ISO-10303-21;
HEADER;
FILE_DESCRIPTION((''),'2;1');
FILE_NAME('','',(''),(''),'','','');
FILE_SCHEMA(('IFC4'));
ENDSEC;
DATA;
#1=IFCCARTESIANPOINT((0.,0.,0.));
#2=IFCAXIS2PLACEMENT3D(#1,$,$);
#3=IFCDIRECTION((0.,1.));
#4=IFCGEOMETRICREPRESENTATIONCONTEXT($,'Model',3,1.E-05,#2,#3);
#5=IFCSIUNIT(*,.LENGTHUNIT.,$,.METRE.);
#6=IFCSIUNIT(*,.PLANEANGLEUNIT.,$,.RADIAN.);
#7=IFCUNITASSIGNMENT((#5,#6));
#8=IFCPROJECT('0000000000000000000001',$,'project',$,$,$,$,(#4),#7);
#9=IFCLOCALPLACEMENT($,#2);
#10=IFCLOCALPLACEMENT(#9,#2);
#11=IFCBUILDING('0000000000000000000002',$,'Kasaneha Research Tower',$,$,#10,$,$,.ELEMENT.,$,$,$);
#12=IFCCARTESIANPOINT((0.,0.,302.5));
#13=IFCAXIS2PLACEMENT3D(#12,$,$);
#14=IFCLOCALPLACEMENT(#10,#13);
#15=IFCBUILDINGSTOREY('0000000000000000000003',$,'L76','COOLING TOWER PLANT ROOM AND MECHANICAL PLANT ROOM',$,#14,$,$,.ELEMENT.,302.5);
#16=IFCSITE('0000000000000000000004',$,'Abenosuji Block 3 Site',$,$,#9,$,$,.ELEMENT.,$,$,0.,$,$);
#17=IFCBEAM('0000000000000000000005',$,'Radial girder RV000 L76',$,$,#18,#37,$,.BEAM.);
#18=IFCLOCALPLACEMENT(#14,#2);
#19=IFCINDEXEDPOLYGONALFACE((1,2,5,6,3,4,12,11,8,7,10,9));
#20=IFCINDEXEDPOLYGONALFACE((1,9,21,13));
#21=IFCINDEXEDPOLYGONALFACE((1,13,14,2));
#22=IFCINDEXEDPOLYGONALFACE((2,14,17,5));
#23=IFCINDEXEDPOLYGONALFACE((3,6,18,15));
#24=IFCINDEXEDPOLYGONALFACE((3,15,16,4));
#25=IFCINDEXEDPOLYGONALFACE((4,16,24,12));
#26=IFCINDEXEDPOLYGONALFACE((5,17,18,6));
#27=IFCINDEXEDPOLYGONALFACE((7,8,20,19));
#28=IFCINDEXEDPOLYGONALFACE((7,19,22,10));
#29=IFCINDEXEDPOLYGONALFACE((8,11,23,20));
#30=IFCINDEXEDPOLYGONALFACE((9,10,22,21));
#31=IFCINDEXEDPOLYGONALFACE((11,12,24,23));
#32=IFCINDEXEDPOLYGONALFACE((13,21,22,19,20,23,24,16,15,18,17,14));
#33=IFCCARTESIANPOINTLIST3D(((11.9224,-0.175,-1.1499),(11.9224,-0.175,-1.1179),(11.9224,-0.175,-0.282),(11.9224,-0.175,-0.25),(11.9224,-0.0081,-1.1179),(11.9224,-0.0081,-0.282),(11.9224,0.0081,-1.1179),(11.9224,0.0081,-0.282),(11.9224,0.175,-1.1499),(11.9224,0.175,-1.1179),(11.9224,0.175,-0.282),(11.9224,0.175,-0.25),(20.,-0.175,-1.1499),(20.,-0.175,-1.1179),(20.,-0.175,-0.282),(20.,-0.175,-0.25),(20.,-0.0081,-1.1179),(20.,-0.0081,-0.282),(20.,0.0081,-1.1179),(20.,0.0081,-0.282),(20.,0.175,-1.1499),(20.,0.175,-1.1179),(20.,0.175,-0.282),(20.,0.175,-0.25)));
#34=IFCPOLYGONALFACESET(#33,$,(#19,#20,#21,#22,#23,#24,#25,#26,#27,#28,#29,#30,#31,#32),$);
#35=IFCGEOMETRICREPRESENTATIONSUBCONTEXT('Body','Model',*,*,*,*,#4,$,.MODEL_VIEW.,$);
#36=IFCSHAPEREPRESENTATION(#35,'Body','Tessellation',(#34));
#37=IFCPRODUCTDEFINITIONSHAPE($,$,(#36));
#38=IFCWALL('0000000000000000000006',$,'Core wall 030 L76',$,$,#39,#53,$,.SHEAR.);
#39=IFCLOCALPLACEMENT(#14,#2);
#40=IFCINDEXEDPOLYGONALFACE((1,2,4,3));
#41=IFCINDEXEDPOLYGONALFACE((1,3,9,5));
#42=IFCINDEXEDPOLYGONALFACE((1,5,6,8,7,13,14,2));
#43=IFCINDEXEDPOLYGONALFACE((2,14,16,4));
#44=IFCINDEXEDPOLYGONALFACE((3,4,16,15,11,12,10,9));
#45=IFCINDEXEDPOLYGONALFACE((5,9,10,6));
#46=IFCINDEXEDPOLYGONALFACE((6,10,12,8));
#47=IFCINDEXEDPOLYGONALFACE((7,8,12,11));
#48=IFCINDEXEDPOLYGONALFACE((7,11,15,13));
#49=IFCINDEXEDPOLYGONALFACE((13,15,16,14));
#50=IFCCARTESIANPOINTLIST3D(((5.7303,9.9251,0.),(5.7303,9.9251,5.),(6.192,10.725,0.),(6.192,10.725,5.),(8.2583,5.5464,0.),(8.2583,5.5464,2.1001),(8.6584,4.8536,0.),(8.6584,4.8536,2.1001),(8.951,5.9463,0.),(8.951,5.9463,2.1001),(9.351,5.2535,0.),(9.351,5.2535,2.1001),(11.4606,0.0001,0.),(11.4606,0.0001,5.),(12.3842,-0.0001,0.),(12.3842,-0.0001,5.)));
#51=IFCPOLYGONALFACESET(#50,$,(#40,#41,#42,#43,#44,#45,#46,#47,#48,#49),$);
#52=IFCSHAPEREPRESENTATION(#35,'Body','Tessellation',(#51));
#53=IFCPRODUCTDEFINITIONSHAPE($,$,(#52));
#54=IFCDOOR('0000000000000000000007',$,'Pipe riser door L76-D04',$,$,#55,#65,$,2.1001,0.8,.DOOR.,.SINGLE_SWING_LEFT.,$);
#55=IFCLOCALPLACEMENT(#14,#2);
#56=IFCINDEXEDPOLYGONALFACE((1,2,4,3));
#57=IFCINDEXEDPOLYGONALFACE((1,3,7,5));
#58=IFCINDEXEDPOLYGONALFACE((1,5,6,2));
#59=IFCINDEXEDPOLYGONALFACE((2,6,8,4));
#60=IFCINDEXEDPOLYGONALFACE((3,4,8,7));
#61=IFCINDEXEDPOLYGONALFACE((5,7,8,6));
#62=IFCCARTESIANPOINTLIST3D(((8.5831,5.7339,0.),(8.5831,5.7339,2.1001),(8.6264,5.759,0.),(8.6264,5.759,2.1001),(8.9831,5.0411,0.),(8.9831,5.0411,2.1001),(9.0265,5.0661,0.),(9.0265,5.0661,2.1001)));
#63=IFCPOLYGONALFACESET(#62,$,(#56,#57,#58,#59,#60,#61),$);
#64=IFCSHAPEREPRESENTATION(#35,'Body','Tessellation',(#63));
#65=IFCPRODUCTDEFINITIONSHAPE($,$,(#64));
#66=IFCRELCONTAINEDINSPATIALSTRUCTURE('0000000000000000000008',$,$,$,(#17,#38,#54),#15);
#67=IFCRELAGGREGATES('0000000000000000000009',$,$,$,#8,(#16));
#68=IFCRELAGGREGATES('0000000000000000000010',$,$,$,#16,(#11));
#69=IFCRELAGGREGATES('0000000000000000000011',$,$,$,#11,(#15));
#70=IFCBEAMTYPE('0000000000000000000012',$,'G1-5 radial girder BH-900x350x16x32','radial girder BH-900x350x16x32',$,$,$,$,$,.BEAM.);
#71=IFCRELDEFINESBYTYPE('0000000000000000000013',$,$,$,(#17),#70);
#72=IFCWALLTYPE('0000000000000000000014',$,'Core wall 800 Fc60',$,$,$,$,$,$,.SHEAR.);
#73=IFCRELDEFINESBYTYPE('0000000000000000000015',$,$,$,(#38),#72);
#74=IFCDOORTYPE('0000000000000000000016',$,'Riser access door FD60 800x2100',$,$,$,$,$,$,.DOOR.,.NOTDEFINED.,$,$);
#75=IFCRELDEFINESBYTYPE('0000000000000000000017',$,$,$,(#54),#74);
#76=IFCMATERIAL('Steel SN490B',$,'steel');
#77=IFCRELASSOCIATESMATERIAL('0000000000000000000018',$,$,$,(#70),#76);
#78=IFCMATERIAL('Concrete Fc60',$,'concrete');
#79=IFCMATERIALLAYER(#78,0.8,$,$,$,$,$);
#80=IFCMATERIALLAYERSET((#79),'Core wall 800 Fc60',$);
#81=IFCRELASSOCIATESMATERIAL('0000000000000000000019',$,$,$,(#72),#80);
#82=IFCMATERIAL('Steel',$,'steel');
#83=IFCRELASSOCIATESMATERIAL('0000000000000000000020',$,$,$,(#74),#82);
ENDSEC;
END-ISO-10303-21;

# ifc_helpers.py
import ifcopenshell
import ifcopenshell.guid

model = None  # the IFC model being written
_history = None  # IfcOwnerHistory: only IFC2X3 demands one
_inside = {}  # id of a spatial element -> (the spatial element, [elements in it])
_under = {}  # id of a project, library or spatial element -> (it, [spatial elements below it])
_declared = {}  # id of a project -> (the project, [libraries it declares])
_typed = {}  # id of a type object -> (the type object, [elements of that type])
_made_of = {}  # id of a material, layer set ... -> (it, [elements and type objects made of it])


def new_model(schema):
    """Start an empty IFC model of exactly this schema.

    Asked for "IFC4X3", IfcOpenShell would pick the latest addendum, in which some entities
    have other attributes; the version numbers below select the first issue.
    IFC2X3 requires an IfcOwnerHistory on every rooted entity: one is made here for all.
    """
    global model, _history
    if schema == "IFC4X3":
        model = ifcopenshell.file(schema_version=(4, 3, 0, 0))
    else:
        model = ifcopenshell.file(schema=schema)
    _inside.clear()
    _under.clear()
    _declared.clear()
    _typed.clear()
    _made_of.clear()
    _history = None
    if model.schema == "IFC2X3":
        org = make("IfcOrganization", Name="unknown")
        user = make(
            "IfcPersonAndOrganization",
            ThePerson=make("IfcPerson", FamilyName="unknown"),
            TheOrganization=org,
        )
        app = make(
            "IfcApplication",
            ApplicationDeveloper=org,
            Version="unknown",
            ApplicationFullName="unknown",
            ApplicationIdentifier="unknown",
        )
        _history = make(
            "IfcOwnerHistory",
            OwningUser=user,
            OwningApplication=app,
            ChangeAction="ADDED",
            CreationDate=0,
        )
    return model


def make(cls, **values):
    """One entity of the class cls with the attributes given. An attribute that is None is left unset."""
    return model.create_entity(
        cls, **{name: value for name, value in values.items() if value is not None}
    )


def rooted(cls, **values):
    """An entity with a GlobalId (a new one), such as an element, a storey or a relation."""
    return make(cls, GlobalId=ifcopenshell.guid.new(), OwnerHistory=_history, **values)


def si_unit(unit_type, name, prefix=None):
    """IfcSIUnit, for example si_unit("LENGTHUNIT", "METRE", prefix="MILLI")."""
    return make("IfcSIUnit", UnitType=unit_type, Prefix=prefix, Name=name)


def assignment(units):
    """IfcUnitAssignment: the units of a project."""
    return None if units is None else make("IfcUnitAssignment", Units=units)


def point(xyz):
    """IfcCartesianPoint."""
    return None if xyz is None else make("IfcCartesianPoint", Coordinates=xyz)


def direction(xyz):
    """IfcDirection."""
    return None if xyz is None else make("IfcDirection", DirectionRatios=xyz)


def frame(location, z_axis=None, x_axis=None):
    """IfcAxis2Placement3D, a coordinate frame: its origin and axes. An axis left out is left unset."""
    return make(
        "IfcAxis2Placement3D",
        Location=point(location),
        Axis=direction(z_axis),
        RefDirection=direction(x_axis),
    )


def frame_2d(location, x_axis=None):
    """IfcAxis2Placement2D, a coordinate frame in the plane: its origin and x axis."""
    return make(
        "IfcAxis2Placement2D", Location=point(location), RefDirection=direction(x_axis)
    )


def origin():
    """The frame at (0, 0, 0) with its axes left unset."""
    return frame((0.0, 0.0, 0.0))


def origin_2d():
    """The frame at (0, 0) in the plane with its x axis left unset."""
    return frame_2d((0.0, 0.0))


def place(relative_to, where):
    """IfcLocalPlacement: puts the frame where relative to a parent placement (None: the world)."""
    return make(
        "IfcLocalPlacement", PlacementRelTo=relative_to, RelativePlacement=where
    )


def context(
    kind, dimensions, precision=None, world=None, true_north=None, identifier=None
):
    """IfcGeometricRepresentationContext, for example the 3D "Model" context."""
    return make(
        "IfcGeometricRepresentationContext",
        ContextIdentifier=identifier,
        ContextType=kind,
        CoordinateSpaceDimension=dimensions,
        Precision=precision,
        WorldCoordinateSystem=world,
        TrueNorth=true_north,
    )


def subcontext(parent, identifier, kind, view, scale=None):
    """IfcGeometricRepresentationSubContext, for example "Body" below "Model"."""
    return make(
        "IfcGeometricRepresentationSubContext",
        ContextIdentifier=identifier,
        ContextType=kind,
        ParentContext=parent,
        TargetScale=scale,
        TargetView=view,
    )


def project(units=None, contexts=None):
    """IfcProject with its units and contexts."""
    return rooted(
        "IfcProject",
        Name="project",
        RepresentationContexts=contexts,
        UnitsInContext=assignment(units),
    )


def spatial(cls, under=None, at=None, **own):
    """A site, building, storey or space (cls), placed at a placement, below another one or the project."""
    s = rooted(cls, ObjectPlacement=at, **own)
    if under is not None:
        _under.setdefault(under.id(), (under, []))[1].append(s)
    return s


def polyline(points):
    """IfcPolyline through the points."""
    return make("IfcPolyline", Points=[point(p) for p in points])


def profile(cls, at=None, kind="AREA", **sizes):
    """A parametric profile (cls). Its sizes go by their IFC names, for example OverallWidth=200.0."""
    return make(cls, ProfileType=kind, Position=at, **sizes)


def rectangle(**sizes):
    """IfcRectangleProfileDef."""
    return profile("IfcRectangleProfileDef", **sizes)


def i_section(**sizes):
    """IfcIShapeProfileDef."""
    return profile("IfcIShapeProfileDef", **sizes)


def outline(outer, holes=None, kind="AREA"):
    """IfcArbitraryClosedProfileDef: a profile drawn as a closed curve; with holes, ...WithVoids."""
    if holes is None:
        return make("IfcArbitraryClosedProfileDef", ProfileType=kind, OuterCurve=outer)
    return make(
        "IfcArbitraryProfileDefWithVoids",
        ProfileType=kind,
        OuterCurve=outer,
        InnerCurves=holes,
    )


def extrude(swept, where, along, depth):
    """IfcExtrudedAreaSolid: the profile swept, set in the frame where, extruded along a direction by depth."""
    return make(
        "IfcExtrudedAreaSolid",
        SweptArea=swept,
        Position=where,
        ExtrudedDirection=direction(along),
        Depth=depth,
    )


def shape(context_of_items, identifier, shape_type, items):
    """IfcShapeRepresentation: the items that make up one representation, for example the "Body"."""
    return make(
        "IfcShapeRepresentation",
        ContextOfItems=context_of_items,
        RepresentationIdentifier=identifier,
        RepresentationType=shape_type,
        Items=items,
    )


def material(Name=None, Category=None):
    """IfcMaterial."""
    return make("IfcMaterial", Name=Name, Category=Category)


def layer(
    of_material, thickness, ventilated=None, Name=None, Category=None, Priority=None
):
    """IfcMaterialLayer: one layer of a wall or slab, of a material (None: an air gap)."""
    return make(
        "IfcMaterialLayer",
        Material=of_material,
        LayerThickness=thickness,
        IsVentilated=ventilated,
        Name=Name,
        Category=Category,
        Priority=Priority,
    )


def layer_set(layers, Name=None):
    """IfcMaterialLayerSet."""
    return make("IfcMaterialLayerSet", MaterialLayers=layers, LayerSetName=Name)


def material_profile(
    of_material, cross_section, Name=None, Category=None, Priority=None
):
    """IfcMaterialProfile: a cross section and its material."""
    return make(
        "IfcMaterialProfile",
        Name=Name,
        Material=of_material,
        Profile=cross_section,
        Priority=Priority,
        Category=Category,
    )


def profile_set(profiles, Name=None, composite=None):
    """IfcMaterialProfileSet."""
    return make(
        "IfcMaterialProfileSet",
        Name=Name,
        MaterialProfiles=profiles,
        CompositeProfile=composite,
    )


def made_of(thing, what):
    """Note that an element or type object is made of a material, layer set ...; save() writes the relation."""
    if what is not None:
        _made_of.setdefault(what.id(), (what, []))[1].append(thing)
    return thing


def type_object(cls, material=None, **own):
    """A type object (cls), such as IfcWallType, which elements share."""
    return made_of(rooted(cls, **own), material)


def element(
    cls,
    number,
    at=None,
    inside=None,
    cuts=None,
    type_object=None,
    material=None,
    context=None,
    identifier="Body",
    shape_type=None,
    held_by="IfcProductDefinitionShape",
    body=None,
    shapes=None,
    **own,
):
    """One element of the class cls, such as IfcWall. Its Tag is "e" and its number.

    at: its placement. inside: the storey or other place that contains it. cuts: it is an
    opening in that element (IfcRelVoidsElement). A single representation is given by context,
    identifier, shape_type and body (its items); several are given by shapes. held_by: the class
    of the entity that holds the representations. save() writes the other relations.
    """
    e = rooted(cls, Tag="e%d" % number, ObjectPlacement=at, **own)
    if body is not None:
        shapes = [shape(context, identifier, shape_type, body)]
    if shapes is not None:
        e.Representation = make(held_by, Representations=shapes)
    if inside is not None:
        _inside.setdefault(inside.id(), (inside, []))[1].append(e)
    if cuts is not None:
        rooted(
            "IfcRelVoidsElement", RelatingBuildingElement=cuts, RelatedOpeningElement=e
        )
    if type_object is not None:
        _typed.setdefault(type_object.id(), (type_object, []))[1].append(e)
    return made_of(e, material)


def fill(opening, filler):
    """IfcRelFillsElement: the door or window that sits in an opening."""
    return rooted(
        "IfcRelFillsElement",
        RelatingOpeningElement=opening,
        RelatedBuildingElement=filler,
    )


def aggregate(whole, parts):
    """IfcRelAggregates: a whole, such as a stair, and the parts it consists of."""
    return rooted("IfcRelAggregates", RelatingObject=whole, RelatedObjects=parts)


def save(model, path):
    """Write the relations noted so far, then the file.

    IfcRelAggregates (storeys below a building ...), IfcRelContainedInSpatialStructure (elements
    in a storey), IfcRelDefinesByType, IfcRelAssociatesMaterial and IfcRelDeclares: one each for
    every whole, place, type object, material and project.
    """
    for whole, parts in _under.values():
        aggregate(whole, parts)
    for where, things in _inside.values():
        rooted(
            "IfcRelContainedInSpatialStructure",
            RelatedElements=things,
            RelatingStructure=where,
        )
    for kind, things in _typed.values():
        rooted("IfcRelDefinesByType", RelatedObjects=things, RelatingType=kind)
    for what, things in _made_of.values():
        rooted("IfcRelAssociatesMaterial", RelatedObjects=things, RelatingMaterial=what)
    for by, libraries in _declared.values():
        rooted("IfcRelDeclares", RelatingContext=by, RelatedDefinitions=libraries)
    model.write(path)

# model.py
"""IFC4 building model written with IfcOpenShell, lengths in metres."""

from ifc_helpers import new_model, si_unit, direction, frame, frame_2d, origin, origin_2d, place, context, subcontext, project, spatial, polyline, rectangle, i_section, outline, extrude, material, layer, layer_set, material_profile, profile_set, type_object, element, fill, save


model = new_model("IFC4")

# Units and contexts
model_context = context("Model", 3, precision=1e-05, world=origin(), true_north=direction((0.0, 1.0)))
body_context = subcontext(model_context, "Body", "Model", "MODEL_VIEW")
ifc_project = project(units=[si_unit("LENGTHUNIT", "METRE"), si_unit("PLANEANGLEUNIT", "RADIAN")], contexts=[model_context])

# Site, building, storey
site_placement = place(None, origin())
site = spatial("IfcSite", under=ifc_project, at=site_placement, Name="Abenosuji Block 3 Site", CompositionType="ELEMENT", RefElevation=0.0)
building_placement = place(site_placement, origin())
building = spatial("IfcBuilding", under=site, at=building_placement, Name="Kasaneha Research Tower", CompositionType="ELEMENT")
storey_placement = place(building_placement, frame((0.0, 0.0, 302.5)))
storey = spatial("IfcBuildingStorey", under=building, at=storey_placement, Name="L76", Description="COOLING TOWER PLANT ROOM AND MECHANICAL PLANT ROOM", CompositionType="ELEMENT", Elevation=302.5)

# Beam
ifc_material_1 = material(Name="Steel SN490B", Category="steel")
ifc_material_profile_1 = material_profile(ifc_material_1, i_section(OverallWidth=0.3501, OverallDepth=0.8999, WebThickness=0.0161, FlangeThickness=0.032, at=origin_2d()), Name="BH-900x350x16x32")
ifc_profile_set_1 = profile_set([ifc_material_profile_1], Name="Steel SN490B")
beam_type_1 = type_object("IfcBeamType", Name="G1-5 radial girder BH-900x350x16x32", Description="radial girder BH-900x350x16x32", PredefinedType="BEAM", material=ifc_profile_set_1)
beam_1_placement = place(storey_placement, frame((11.9224, 0.0, -0.7), z_axis=(1.0, 0.0, 0.0), x_axis=(0.0, 1.0, 0.0)))
element("IfcBeam", 1, at=beam_1_placement, inside=storey, type_object=beam_type_1, Name="Radial girder RV000 L76", PredefinedType="BEAM", context=body_context, shape_type="SweptSolid", body=[
    extrude(i_section(OverallWidth=0.3501, OverallDepth=0.8999, WebThickness=0.0161, FlangeThickness=0.032, at=origin_2d()), origin(), (0.0, 0.0, 1.0), 8.0776),
])

# Wall, opening, door
ifc_material_2 = material(Name="Concrete Fc60", Category="concrete")
ifc_layer = layer(ifc_material_2, 0.8)
ifc_layer_set = layer_set([ifc_layer], Name="Core wall 800 Fc60")
wall_type = type_object("IfcWallType", Name="Core wall 800 Fc60", PredefinedType="SHEAR", material=ifc_layer_set)
wall_placement = place(storey_placement, frame((11.9224, 0.0, 0.0), z_axis=(0.0, 0.0, 1.0), x_axis=(-0.500004, 0.866023, 0.0)))
wall = element("IfcWall", 2, at=wall_placement, inside=storey, type_object=wall_type, Name="Core wall 030 L76", PredefinedType="SHEAR", context=body_context, shape_type="SweptSolid", body=[
    extrude(outline(polyline([(-0.231, -0.3999), (5.8354, -0.3999), (6.6355, -0.3999), (12.1533, -0.3999), (11.6914, 0.3999), (6.6355, 0.3999), (5.8354, 0.3999), (0.231, 0.3999), (-0.231, -0.3999)])), origin(), (0.0, 0.0, 1.0), 5.0),
])
opening_placement = place(wall_placement, frame((5.8354, 0.0, 0.0)))
opening = element("IfcOpeningElement", 3, at=opening_placement, cuts=wall, PredefinedType="OPENING", context=body_context, shape_type="SweptSolid", body=[
    extrude(rectangle(XDim=0.8, YDim=2.1001, at=frame_2d((0.3999, 1.05))), frame((0.0, 0.4102, 0.0), z_axis=(0.0, -1.0, 0.0), x_axis=(1.0, 0.0, 0.0)), (0.0, 0.0, 1.0), 0.8201),
])
ifc_material_3 = material(Name="Steel", Category="steel")
door_type = type_object("IfcDoorType", Name="Riser access door FD60 800x2100", OperationType="NOTDEFINED", PredefinedType="DOOR", material=ifc_material_3)
door_placement = place(opening_placement, origin())
door = element("IfcDoor", 4, at=door_placement, inside=storey, type_object=door_type, Name="Pipe riser door L76-D04", OperationType="SINGLE_SWING_LEFT", OverallHeight=2.1001, OverallWidth=0.8, PredefinedType="DOOR", context=body_context, shape_type="SweptSolid", body=[
    extrude(rectangle(XDim=0.8, YDim=2.1001, at=frame_2d((0.3999, 1.05))), frame((0.0, 0.0249, 0.0), z_axis=(0.0, -1.0, 0.0), x_axis=(1.0, 0.0, 0.0)), (0.0, 0.0, 1.0), 0.05),
])
fill(opening, door)

save(model, "model.ifc")
